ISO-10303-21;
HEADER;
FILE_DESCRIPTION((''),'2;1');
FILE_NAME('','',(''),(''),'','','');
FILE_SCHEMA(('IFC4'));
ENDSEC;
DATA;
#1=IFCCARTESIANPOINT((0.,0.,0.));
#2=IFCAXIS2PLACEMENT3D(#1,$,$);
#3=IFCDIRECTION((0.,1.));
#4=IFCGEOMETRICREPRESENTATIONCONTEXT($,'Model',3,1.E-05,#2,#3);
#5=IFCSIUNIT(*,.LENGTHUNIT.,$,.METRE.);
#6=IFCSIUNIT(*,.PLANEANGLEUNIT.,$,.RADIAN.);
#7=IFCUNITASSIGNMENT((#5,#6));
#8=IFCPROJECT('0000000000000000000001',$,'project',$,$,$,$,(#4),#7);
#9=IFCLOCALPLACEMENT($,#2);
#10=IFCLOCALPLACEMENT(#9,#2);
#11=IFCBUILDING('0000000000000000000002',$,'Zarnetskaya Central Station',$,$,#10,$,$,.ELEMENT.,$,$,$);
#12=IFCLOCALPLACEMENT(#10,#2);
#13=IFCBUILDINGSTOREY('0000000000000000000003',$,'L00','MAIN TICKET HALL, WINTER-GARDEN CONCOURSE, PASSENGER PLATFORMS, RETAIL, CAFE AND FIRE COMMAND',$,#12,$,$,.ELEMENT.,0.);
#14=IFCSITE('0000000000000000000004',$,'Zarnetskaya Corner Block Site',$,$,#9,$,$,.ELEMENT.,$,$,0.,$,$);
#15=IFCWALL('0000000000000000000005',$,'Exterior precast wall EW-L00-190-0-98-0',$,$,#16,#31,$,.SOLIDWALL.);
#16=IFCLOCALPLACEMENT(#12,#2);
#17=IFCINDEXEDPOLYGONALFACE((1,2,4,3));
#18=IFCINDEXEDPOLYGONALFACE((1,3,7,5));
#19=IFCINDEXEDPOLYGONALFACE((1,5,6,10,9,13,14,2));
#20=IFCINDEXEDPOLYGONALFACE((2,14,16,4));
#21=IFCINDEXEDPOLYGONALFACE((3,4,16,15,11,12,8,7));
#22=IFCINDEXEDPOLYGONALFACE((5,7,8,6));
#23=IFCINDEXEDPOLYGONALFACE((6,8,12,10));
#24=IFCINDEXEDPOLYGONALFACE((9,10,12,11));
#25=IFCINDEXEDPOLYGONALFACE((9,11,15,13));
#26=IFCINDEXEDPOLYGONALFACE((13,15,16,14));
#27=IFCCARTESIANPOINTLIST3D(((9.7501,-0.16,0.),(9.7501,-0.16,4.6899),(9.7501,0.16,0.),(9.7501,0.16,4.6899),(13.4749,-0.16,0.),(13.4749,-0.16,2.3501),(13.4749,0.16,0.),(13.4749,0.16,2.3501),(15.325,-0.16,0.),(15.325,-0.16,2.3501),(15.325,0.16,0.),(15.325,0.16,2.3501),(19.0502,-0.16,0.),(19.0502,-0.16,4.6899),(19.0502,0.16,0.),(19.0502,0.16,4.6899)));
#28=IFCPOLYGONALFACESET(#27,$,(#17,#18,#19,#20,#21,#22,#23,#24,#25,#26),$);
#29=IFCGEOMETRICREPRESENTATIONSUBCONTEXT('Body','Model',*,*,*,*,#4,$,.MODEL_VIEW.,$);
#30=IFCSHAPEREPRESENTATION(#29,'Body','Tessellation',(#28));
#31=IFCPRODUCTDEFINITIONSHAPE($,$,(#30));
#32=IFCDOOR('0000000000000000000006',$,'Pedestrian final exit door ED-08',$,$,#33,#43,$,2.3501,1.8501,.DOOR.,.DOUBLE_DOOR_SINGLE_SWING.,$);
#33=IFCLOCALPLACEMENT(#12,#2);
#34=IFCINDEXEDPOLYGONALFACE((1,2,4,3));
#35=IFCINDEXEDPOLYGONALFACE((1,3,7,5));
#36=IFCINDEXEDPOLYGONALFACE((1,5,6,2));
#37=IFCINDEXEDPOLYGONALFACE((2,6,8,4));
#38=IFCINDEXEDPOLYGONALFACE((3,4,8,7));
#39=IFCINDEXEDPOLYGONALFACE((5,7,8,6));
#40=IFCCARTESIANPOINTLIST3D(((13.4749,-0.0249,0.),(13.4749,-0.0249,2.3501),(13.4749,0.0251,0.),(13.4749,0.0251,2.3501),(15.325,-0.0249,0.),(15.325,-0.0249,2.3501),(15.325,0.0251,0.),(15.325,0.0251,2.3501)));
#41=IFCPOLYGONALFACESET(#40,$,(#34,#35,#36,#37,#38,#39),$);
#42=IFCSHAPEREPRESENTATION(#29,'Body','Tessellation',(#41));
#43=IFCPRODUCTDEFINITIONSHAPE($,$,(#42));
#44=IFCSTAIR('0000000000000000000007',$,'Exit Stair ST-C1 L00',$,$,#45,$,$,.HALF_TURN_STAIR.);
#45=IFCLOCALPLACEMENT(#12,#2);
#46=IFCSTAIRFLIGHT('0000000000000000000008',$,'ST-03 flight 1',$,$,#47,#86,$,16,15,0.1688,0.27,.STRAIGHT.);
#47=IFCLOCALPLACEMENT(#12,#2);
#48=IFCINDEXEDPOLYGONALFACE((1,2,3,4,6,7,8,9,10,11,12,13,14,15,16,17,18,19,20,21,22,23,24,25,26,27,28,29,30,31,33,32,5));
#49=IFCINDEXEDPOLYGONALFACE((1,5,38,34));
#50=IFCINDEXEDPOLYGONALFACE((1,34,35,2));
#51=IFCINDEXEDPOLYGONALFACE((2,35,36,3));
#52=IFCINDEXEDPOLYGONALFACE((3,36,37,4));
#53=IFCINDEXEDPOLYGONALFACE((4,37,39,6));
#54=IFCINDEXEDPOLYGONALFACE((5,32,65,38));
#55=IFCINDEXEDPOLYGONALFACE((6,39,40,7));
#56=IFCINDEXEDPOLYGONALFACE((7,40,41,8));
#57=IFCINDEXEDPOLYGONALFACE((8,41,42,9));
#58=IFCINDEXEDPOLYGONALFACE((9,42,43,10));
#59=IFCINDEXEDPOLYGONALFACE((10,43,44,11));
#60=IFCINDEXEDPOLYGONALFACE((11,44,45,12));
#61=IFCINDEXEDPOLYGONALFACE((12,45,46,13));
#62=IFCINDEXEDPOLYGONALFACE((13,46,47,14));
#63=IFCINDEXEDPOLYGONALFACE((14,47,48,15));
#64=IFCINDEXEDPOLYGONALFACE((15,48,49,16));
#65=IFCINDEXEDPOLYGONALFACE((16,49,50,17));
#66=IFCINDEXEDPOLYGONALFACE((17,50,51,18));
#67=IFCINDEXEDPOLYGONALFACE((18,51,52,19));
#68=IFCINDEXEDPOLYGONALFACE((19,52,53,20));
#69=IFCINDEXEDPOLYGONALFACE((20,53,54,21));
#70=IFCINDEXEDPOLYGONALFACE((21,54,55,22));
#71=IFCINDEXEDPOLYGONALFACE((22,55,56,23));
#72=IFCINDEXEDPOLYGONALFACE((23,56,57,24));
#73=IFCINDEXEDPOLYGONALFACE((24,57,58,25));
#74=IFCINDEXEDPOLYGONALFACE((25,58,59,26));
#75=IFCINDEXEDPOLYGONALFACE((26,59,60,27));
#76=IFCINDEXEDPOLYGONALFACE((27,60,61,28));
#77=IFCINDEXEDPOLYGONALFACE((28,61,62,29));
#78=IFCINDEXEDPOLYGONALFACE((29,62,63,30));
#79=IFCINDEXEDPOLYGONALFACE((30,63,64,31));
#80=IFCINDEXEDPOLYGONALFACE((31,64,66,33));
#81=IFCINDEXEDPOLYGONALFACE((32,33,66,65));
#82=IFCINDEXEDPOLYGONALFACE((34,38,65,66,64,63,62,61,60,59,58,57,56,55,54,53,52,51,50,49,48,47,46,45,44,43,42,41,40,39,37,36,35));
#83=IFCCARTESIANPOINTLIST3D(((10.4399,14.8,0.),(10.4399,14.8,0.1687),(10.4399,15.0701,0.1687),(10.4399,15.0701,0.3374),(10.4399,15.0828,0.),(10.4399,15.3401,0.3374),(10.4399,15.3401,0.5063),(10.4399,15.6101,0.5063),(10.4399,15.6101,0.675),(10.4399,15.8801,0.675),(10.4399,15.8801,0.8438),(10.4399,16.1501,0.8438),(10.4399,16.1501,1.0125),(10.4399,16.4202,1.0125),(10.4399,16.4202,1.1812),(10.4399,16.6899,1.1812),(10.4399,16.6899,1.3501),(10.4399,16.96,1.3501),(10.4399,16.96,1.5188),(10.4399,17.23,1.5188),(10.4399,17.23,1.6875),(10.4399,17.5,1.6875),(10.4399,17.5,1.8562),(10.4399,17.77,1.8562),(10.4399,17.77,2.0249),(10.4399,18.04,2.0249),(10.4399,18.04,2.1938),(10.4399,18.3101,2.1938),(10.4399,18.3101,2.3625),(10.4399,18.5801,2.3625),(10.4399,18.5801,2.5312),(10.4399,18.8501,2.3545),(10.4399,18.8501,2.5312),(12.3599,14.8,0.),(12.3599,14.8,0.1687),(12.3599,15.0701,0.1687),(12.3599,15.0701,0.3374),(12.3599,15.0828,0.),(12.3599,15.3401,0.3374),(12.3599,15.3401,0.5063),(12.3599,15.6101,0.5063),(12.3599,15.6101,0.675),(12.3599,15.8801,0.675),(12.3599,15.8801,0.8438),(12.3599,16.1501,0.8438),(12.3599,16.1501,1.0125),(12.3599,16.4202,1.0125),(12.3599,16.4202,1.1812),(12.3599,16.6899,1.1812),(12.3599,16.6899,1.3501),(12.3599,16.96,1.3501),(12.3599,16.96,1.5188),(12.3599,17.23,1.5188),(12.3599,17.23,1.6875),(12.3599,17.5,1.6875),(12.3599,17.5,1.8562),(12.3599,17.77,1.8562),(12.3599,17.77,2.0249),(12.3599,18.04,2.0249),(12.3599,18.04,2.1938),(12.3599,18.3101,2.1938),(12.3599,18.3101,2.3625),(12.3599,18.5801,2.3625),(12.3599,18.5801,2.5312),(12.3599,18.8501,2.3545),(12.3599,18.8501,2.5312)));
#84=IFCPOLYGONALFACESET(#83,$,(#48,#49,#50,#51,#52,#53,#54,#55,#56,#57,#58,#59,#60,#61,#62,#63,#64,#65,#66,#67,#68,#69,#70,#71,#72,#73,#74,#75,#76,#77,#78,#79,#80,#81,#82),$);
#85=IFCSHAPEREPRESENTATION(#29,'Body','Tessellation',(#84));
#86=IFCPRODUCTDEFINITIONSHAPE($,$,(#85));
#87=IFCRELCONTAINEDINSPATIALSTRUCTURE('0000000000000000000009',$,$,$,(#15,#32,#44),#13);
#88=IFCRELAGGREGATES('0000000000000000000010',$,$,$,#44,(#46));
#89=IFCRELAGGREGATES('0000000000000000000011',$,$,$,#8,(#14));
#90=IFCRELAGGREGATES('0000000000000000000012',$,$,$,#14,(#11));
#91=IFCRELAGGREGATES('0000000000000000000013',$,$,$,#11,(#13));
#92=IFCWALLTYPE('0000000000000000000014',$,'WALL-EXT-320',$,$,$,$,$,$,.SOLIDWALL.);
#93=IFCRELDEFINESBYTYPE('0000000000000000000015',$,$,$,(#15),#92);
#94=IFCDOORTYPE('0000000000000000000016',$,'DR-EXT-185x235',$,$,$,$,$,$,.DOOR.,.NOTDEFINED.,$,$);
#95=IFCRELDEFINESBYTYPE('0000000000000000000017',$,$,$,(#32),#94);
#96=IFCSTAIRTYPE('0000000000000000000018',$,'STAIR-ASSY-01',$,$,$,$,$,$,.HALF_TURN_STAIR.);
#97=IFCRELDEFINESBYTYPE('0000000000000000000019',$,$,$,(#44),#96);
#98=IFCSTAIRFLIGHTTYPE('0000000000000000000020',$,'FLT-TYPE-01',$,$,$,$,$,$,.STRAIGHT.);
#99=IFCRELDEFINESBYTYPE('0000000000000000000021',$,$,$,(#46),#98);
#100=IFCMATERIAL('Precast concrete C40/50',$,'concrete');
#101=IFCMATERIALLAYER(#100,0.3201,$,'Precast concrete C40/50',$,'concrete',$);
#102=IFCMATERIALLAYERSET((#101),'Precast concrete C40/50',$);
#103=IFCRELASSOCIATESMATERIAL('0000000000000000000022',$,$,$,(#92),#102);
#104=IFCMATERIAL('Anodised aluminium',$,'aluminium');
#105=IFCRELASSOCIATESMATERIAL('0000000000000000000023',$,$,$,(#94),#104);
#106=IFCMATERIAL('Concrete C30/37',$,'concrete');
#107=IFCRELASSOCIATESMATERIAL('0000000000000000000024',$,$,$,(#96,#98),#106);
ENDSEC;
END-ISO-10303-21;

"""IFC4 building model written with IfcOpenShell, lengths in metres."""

from ifc_helpers import new_model, si_unit, direction, frame, frame_2d, origin, place, context, subcontext, project, spatial, polyline, rectangle, outline, extrude, material, layer, layer_set, type_object, element, fill, aggregate, save


model = new_model("IFC4")

# Units and contexts
model_context = context("Model", 3, precision=1e-05, world=origin(), true_north=direction((0.0, 1.0)))
body_context = subcontext(model_context, "Body", "Model", "MODEL_VIEW")
ifc_project = project(units=[si_unit("LENGTHUNIT", "METRE"), si_unit("PLANEANGLEUNIT", "RADIAN")], contexts=[model_context])

# Site, building, storey
site_placement = place(None, origin())
site = spatial("IfcSite", under=ifc_project, at=site_placement, Name="Zarnetskaya Corner Block Site", CompositionType="ELEMENT", RefElevation=0.0)
building_placement = place(site_placement, origin())
building = spatial("IfcBuilding", under=site, at=building_placement, Name="Zarnetskaya Central Station", CompositionType="ELEMENT")
storey_placement = place(building_placement, origin())
storey = spatial("IfcBuildingStorey", under=building, at=storey_placement, Name="L00", Description="MAIN TICKET HALL, WINTER-GARDEN CONCOURSE, PASSENGER PLATFORMS, RETAIL, CAFE AND FIRE COMMAND", CompositionType="ELEMENT", Elevation=0.0)

# Shared definitions
ifc_material_1 = material(Name="Concrete C30/37", Category="concrete")
ifc_material_2 = material(Name="Anodised aluminium", Category="aluminium")

# Wall, opening, door
ifc_material_3 = material(Name="Precast concrete C40/50", Category="concrete")
ifc_layer_1 = layer(ifc_material_3, 0.3201, Name="Precast concrete C40/50", Category="concrete")
ifc_layer_set_1 = layer_set([ifc_layer_1], Name="Precast concrete C40/50")
wall_type_1 = type_object("IfcWallType", Name="WALL-EXT-320", PredefinedType="SOLIDWALL", material=ifc_layer_set_1)
wall_1_placement = place(storey_placement, frame((19.05, 0.0, 0.0), z_axis=(0.0, 0.0, 1.0), x_axis=(-1.0, 0.0, 0.0)))
wall_1 = element("IfcWall", 1, at=wall_1_placement, inside=storey, type_object=wall_type_1, Name="Exterior precast wall EW-L00-190-0-98-0", PredefinedType="SOLIDWALL", context=body_context, shape_type="SweptSolid", body=[
    extrude(rectangle(XDim=9.3, YDim=0.3201, at=frame_2d((4.6499, 0.0))), origin(), (0.0, 0.0, 1.0), 4.6899),
])
opening_1_placement = place(wall_1_placement, frame((3.7251, 0.0, 0.0)))
opening_1 = element("IfcOpeningElement", 2, at=opening_1_placement, cuts=wall_1, PredefinedType="OPENING", context=body_context, shape_type="SweptSolid", body=[
    extrude(rectangle(XDim=1.8501, YDim=2.3501, at=frame_2d((0.925, 1.175))), frame((0.0, 0.1699, 0.0), z_axis=(0.0, -1.0, 0.0), x_axis=(1.0, 0.0, 0.0)), (0.0, 0.0, 1.0), 0.3401),
])
door_type_1 = type_object("IfcDoorType", Name="DR-EXT-185x235", OperationType="NOTDEFINED", PredefinedType="DOOR", material=ifc_material_2)
door_1_placement = place(opening_1_placement, origin())
door_1 = element("IfcDoor", 3, at=door_1_placement, inside=storey, type_object=door_type_1, Name="Pedestrian final exit door ED-08", OperationType="DOUBLE_DOOR_SINGLE_SWING", OverallHeight=2.3501, OverallWidth=1.8501, PredefinedType="DOOR", context=body_context, shape_type="SweptSolid", body=[
    extrude(rectangle(XDim=1.8501, YDim=2.3501, at=frame_2d((0.925, 1.175))), frame((0.0, 0.0249, 0.0), z_axis=(0.0, -1.0, 0.0), x_axis=(1.0, 0.0, 0.0)), (0.0, 0.0, 1.0), 0.05),
])
fill(opening_1, door_1)

# Stair, stair flight
stair_type = type_object("IfcStairType", Name="STAIR-ASSY-01", PredefinedType="HALF_TURN_STAIR", material=ifc_material_1)
stair_placement = place(storey_placement, origin())
stair = element("IfcStair", 4, at=stair_placement, inside=storey, type_object=stair_type, Name="Exit Stair ST-C1 L00", PredefinedType="HALF_TURN_STAIR")
stair_flight_type = type_object("IfcStairFlightType", Name="FLT-TYPE-01", PredefinedType="STRAIGHT", material=ifc_material_1)
stair_flight_placement = place(storey_placement, frame((11.3999, 14.8, 0.0), z_axis=(0.0, 0.0, 1.0), x_axis=(0.0, 1.0, 0.0)))
stair_flight = element("IfcStairFlight", 5, at=stair_flight_placement, type_object=stair_flight_type, Name="ST-03 flight 1", NumberOfRisers=16, NumberOfTreads=15, PredefinedType="STRAIGHT", RiserHeight=0.1688, TreadLength=0.27, context=body_context, shape_type="SweptSolid", body=[
    extrude(outline(polyline([(0.0, 0.0), (0.0, 0.1687), (0.27, 0.1687), (0.27, 0.3374), (0.54, 0.3374), (0.54, 0.5063), (0.8101, 0.5063), (0.8101, 0.675), (1.0801, 0.675), (1.0801, 0.8438), (1.3501, 0.8438), (1.3501, 1.0125), (1.6201, 1.0125), (1.6201, 1.1812), (1.8899, 1.1812), (1.8899, 1.3501), (2.1599, 1.3501), (2.1599, 1.5188), (2.4299, 1.5188), (2.4299, 1.6875), (2.7, 1.6875), (2.7, 1.8562), (2.97, 1.8562), (2.97, 2.0249), (3.24, 2.0249), (3.24, 2.1938), (3.51, 2.1938), (3.51, 2.3625), (3.78, 2.3625), (3.78, 2.5312), (4.05, 2.5312), (4.05, 2.7), (4.05, 2.3545), (0.2827, 0.0), (0.0, 0.0)])), frame((0.0, 0.96, 0.0), z_axis=(0.0, -1.0, 0.0), x_axis=(1.0, 0.0, 0.0)), (0.0, 0.0, 1.0), 1.9199),
])
aggregate(stair, [stair_flight])

save(model, "model.ifc")
